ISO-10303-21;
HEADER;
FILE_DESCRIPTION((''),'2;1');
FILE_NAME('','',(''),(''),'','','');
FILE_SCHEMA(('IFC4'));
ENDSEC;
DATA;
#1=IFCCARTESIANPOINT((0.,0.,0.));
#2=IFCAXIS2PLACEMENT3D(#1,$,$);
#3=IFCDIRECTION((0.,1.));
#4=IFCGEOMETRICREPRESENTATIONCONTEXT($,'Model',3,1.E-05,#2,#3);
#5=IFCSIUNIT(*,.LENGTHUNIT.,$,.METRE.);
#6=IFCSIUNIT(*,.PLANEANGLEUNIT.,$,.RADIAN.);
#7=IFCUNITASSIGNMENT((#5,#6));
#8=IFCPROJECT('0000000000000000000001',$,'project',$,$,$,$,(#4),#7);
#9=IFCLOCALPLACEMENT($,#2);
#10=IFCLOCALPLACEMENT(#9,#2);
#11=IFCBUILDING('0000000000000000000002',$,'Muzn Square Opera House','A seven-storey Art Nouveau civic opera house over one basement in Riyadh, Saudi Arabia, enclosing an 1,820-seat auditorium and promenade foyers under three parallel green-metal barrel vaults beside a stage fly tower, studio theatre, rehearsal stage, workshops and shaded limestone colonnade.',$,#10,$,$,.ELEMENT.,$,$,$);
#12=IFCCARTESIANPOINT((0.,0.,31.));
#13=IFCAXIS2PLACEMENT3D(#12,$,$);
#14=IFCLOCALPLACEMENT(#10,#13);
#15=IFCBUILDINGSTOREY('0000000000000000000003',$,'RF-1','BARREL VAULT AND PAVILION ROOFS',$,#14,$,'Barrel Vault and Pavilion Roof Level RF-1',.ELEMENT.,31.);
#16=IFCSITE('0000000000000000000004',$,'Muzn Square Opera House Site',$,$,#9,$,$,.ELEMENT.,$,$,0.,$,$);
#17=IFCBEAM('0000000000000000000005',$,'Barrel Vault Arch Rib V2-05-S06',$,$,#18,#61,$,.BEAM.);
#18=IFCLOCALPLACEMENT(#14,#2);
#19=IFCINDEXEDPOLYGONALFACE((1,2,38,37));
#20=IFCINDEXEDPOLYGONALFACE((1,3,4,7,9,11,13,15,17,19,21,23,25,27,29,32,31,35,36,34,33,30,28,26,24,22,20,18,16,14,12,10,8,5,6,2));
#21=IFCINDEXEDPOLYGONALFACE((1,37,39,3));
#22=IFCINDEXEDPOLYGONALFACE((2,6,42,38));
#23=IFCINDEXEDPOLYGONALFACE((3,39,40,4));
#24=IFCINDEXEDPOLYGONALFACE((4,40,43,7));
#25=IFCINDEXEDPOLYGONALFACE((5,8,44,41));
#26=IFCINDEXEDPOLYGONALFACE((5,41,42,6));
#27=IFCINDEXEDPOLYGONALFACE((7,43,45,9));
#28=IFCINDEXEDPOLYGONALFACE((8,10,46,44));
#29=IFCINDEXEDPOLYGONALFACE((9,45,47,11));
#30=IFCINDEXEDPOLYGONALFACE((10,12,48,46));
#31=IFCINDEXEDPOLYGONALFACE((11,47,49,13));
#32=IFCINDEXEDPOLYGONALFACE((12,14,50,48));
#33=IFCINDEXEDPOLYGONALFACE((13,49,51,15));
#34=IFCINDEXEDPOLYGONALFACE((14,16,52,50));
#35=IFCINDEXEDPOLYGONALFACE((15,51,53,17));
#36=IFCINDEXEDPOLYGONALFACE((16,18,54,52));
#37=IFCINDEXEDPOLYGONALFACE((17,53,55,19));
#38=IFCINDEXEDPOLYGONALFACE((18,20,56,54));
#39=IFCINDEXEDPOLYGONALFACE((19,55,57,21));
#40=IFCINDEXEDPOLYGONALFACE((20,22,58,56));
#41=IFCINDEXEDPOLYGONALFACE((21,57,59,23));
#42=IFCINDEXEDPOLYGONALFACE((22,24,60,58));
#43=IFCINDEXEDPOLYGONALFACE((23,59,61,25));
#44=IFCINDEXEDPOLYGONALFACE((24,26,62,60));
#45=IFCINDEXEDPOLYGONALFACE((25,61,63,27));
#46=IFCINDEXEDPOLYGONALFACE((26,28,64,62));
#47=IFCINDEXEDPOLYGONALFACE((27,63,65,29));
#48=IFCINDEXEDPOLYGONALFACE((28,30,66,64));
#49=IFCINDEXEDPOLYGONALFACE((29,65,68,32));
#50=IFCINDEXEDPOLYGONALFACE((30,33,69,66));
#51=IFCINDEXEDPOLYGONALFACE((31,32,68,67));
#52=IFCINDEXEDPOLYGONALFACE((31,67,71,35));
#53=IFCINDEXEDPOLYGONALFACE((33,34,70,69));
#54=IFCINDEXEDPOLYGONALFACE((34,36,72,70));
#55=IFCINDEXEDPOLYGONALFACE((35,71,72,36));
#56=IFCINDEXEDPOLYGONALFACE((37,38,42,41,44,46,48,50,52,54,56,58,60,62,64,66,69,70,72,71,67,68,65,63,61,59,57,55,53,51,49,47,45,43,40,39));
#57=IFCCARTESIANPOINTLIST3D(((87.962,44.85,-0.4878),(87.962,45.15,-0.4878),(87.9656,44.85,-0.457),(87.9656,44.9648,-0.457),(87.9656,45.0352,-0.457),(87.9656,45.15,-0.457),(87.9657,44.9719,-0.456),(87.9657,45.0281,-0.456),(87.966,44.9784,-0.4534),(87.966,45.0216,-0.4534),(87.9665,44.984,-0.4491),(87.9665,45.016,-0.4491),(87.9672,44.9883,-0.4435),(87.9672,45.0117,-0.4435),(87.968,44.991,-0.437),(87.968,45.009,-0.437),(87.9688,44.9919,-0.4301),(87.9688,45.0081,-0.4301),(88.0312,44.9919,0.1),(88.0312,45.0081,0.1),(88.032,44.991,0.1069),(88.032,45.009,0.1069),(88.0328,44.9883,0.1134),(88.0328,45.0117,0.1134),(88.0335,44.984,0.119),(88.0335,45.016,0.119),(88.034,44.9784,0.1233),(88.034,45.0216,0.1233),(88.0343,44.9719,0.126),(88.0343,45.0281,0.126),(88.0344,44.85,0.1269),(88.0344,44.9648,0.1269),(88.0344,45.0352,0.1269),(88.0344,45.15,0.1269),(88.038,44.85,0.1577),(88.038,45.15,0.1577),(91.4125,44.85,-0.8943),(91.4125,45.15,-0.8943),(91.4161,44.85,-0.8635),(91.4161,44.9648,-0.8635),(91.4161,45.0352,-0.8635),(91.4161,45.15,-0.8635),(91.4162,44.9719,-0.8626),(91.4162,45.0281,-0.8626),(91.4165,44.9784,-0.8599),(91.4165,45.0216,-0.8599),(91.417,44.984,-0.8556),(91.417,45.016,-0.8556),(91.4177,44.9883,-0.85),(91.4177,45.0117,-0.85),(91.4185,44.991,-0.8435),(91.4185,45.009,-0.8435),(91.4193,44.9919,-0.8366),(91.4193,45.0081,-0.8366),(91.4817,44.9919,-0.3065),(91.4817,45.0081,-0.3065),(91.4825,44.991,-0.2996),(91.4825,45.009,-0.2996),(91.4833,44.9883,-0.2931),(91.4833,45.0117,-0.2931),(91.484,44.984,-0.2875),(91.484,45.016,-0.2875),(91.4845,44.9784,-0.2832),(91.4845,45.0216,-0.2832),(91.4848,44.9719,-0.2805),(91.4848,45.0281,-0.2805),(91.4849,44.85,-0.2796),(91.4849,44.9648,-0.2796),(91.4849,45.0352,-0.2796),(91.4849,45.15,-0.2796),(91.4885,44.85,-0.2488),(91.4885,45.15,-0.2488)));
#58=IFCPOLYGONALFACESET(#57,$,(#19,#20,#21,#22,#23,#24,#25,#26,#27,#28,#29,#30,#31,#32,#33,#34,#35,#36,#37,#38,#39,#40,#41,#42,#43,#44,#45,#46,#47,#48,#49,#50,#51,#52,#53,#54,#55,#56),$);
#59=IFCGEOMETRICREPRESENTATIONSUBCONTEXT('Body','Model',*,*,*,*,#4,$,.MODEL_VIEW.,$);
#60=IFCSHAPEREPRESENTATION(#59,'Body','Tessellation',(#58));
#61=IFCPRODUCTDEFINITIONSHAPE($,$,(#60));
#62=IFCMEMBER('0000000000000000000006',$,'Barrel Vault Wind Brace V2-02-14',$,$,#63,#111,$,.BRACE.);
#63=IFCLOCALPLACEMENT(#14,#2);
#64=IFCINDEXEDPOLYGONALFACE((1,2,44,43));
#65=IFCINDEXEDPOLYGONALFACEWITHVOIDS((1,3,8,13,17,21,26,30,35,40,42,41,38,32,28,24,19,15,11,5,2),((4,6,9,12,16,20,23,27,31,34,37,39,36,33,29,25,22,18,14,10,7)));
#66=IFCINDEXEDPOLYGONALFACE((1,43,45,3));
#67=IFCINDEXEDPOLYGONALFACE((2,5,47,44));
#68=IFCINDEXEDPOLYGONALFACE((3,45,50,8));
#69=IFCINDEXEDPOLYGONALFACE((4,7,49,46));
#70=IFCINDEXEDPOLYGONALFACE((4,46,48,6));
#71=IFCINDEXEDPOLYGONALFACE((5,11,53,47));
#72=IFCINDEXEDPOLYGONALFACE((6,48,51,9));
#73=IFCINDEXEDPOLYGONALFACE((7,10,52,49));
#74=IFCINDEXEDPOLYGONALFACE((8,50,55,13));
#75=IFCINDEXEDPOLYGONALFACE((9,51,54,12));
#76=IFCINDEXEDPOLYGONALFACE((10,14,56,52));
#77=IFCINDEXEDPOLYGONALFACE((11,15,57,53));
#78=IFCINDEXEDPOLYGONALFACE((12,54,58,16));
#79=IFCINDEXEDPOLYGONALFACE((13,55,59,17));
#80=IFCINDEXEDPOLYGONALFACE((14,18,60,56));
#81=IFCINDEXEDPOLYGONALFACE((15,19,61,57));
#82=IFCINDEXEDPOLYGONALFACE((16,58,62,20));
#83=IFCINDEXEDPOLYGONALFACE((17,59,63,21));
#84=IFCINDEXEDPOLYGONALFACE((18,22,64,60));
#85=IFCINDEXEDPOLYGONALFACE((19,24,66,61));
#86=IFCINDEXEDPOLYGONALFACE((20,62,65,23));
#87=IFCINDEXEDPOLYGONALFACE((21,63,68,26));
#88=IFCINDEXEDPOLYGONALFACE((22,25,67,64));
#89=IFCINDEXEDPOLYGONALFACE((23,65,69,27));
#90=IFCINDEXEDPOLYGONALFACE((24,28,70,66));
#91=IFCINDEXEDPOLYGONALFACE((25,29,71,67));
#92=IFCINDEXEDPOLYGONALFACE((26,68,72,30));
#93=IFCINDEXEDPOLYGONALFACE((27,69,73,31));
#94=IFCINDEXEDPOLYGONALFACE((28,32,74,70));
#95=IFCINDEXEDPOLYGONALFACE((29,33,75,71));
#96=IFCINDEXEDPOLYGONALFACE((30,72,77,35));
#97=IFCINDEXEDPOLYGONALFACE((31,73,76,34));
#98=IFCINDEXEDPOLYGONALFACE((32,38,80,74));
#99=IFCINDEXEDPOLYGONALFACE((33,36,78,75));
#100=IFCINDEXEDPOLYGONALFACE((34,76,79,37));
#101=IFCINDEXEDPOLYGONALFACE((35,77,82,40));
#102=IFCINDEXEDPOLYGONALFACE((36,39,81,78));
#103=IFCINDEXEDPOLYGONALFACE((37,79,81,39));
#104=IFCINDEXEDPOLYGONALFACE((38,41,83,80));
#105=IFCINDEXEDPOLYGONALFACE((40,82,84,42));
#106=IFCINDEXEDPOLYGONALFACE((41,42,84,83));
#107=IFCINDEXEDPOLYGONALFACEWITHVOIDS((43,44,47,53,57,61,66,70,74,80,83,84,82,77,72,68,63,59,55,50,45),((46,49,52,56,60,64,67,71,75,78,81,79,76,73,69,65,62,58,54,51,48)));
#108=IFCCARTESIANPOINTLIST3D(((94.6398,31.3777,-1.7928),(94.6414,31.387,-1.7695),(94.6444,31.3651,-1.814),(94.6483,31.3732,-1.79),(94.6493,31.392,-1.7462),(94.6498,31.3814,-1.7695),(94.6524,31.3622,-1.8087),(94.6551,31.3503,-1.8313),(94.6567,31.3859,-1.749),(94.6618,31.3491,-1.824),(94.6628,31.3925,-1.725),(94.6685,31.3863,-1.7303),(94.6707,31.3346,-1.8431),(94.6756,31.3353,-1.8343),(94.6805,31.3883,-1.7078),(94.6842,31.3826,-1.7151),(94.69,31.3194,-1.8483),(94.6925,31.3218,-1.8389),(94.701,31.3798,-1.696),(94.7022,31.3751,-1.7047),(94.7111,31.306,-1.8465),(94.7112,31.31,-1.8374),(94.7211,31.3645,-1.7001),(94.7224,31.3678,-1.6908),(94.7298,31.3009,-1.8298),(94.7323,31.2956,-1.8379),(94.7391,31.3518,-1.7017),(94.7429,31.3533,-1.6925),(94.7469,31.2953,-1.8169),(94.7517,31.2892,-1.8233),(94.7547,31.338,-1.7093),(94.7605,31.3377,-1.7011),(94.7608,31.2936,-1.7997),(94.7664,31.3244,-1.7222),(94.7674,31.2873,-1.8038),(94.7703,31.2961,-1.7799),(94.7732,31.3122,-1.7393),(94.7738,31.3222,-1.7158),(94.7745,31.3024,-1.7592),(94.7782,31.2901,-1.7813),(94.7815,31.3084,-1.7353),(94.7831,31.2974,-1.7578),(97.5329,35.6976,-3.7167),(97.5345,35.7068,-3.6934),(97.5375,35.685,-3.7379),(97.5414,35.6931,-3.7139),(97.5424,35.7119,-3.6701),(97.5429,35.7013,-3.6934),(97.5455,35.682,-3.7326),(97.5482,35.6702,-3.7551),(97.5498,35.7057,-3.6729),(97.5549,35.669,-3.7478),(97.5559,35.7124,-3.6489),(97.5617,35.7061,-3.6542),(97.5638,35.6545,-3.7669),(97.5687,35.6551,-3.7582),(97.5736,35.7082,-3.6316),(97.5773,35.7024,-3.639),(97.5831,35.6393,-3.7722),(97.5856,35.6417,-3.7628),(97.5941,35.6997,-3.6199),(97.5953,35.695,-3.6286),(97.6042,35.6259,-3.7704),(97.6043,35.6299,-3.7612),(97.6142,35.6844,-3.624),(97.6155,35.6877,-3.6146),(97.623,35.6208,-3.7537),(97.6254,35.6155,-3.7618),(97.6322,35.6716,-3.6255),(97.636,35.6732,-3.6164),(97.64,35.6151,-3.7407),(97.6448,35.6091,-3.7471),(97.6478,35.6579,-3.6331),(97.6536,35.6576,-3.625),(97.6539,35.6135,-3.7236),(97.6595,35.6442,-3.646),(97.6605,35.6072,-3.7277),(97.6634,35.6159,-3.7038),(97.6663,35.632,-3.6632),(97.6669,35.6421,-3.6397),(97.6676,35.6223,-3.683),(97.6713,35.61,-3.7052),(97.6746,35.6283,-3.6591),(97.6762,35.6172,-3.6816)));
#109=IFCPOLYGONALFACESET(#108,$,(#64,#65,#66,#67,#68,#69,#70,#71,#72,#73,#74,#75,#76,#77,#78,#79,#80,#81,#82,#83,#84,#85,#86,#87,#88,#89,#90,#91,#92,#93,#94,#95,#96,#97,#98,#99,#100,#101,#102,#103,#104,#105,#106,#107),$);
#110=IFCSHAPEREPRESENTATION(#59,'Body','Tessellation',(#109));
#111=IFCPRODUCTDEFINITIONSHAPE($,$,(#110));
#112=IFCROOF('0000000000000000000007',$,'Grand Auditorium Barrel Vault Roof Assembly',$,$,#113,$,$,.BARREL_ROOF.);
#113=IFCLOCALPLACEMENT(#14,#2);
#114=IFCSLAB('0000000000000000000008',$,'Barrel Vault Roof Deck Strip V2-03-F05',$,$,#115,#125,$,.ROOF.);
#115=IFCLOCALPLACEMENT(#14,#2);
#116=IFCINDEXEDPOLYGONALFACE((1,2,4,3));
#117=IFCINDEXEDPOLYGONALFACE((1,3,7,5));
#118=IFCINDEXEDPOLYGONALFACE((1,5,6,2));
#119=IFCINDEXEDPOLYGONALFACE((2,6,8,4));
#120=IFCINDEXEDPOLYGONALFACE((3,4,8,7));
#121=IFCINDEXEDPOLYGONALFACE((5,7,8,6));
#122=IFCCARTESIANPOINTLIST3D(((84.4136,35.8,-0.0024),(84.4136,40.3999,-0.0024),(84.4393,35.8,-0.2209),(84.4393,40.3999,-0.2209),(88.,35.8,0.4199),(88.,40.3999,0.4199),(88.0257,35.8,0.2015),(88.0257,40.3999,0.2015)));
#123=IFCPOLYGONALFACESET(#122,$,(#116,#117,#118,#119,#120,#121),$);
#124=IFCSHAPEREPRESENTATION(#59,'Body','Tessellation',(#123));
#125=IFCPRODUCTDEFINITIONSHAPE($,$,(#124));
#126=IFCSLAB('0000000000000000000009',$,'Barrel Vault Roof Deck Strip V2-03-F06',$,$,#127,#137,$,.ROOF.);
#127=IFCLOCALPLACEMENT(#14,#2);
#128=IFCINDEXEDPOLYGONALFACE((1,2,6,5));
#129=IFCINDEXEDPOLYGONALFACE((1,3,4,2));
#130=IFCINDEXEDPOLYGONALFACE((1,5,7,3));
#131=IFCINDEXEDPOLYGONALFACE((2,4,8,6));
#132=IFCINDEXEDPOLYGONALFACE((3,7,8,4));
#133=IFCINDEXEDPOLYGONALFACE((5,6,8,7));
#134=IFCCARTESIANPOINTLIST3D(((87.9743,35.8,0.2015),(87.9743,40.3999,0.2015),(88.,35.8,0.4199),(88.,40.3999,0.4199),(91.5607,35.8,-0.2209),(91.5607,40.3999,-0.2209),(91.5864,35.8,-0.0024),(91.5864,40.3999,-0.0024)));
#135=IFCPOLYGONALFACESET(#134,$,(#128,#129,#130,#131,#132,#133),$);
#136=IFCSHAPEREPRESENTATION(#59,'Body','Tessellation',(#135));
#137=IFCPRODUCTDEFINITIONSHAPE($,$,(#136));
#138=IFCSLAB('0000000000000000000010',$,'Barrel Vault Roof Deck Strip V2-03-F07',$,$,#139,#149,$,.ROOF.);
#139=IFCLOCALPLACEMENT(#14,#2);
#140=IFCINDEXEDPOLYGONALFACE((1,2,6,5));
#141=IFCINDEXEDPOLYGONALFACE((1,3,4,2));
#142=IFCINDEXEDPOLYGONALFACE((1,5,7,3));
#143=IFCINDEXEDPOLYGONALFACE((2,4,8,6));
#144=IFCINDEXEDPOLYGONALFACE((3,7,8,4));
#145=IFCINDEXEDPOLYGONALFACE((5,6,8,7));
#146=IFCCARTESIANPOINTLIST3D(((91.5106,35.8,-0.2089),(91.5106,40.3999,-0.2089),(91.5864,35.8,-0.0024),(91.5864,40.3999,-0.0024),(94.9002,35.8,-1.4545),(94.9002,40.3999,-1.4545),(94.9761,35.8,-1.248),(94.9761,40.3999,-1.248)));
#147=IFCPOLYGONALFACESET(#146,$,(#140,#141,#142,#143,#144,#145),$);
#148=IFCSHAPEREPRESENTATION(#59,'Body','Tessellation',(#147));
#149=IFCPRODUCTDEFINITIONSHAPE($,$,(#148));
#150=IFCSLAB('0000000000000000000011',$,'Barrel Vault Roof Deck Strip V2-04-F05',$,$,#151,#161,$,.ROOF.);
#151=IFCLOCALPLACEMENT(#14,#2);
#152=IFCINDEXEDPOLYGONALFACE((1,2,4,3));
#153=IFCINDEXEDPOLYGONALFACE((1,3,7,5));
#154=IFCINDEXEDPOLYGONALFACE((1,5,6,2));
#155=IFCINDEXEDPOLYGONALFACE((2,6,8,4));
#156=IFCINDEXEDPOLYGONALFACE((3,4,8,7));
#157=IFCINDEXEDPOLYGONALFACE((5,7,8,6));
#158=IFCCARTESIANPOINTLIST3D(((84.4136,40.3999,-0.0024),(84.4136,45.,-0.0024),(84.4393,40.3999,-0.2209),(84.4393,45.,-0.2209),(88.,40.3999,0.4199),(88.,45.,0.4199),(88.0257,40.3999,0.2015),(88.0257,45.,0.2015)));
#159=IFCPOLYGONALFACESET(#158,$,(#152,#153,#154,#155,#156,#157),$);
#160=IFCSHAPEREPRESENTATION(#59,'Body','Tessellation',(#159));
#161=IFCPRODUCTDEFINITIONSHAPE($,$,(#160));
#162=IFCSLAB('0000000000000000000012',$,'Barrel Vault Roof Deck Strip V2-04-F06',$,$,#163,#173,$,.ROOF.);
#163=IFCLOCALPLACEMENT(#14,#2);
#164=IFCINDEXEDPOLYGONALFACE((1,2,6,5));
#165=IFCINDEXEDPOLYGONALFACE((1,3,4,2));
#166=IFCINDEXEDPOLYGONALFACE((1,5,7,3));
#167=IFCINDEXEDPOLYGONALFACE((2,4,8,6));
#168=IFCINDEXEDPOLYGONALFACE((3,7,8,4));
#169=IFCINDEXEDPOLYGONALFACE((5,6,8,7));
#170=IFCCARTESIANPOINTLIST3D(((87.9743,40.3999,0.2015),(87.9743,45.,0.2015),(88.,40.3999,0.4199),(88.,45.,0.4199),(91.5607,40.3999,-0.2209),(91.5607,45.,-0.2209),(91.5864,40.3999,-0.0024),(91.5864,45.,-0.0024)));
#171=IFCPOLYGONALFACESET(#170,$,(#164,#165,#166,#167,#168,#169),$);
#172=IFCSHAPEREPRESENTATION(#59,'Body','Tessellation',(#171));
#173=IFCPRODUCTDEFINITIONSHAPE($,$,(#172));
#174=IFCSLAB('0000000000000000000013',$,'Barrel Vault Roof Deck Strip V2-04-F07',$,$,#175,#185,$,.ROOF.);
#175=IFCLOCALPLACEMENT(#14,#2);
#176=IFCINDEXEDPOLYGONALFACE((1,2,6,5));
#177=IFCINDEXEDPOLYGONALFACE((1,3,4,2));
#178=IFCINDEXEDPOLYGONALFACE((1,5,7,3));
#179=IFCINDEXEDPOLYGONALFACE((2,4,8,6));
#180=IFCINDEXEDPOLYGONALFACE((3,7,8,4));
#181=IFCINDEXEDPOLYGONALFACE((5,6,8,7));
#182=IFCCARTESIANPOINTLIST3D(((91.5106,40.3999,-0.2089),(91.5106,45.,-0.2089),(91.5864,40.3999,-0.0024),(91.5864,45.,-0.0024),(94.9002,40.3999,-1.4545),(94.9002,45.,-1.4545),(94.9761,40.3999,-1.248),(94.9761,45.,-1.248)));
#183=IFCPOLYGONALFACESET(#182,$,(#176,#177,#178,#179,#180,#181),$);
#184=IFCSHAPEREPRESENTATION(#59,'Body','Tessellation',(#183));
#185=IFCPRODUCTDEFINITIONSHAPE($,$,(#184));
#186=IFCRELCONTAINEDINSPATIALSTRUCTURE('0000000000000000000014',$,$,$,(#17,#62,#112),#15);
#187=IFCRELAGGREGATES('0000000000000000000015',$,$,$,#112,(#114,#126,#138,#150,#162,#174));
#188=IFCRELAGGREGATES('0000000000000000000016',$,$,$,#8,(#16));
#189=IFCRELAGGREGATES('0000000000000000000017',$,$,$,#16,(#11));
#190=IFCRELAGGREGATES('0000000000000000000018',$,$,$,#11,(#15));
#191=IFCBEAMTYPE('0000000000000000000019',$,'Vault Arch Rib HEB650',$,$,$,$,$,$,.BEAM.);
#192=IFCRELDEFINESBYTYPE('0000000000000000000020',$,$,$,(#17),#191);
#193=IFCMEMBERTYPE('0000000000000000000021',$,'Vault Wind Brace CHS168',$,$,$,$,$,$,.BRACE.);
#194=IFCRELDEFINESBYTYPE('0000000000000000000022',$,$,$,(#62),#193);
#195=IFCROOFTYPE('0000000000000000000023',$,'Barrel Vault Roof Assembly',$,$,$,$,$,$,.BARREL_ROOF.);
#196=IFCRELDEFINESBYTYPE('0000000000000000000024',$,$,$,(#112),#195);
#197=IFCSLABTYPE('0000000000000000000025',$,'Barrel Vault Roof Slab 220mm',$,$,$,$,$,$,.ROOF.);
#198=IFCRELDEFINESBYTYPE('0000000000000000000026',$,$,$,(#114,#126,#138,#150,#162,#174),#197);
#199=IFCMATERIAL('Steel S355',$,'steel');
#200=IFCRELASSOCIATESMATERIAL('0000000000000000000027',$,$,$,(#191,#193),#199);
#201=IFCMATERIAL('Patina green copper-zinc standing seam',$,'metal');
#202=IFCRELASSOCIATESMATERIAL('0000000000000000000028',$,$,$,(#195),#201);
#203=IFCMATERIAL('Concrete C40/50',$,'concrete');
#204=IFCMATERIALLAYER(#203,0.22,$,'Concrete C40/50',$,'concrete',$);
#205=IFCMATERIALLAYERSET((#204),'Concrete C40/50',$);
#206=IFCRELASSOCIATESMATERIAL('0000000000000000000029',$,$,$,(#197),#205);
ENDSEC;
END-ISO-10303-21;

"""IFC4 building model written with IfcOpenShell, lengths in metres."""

from ifc_helpers import new_model, si_unit, direction, frame, origin, origin_2d, place, context, subcontext, project, spatial, polyline, hollow_circle, i_section, outline, extrude, material, layer, layer_set, material_profile, profile_set, type_object, element, aggregate, save


model = new_model("IFC4")

# Units and contexts
model_context = context("Model", 3, precision=1e-05, world=origin(), true_north=direction((0.0, 1.0)))
body_context = subcontext(model_context, "Body", "Model", "MODEL_VIEW")
ifc_project = project(units=[si_unit("LENGTHUNIT", "METRE"), si_unit("PLANEANGLEUNIT", "RADIAN")], contexts=[model_context])

# Site, building, storey
site_placement = place(None, origin())
site = spatial("IfcSite", under=ifc_project, at=site_placement, Name="Muzn Square Opera House Site", CompositionType="ELEMENT", RefElevation=0.0)
building_placement = place(site_placement, origin())
building = spatial("IfcBuilding", under=site, at=building_placement, Name="Muzn Square Opera House", Description="A seven-storey Art Nouveau civic opera house over one basement in Riyadh, Saudi Arabia, enclosing an 1,820-seat auditorium and promenade foyers under three parallel green-metal barrel vaults beside a stage fly tower, studio theatre, rehearsal stage, workshops and shaded limestone colonnade.", CompositionType="ELEMENT")
storey_placement = place(building_placement, frame((0.0, 0.0, 31.0)))
storey = spatial("IfcBuildingStorey", under=building, at=storey_placement, Name="RF-1", Description="BARREL VAULT AND PAVILION ROOFS", LongName="Barrel Vault and Pavilion Roof Level RF-1", CompositionType="ELEMENT", Elevation=31.0)

# Beam
ifc_material_1 = material(Name="Steel S355", Category="steel")
ifc_material_profile_1 = material_profile(ifc_material_1, i_section(OverallWidth=0.3, OverallDepth=0.6499, WebThickness=0.0161, FlangeThickness=0.031, FilletRadius=0.0271, at=origin_2d()), Name="HEB 650", Category="steel")
ifc_profile_set_1 = profile_set([ifc_material_profile_1], Name="Steel S355")
beam_type_1 = type_object("IfcBeamType", Name="Vault Arch Rib HEB650", PredefinedType="BEAM", material=ifc_profile_set_1)
for number, where, z_axis, x_axis, name in (
    (1, (88.0, 45.0, -0.165), (0.993132, 0.0, -0.117), (0.0, 1.0, 0.0), "Barrel Vault Arch Rib V2-05-S06"),
):
    element("IfcBeam", number, at=place(storey_placement, frame(where, z_axis=z_axis, x_axis=x_axis)), inside=storey, type_object=beam_type_1, Name=name, PredefinedType="BEAM", context=body_context, shape_type="SweptSolid", body=[
        extrude(i_section(OverallWidth=0.3, OverallDepth=0.6499, WebThickness=0.0161, FlangeThickness=0.031, FilletRadius=0.0271, at=origin_2d()), origin(), (0.0, 0.0, 1.0), 3.4744),
    ])

# Member
ifc_material_profile_2 = material_profile(ifc_material_1, hollow_circle(Radius=0.0842, WallThickness=0.01, at=origin_2d()), Name="CHS 168.3x10", Category="steel")
ifc_profile_set_2 = profile_set([ifc_material_profile_2], Name="Steel S355")
member_type = type_object("IfcMemberType", Name="Vault Wind Brace CHS168", PredefinedType="BRACE", material=ifc_profile_set_2)
member_placement = place(storey_placement, frame((94.7114, 31.3401, -1.7695), z_axis=(0.521872, 0.779241, -0.347034), x_axis=(-0.830878, 0.556454, 0.0)))
element("IfcMember", 2, at=member_placement, inside=storey, type_object=member_type, Name="Barrel Vault Wind Brace V2-02-14", PredefinedType="BRACE", context=body_context, shape_type="SweptSolid", body=[
    extrude(hollow_circle(Radius=0.0842, WallThickness=0.01, at=origin_2d()), origin(), (0.0, 0.0, 1.0), 5.5437),
])

# Roof, slabs
ifc_material_2 = material(Name="Patina green copper-zinc standing seam", Category="metal")
roof_type = type_object("IfcRoofType", Name="Barrel Vault Roof Assembly", PredefinedType="BARREL_ROOF", material=ifc_material_2)
roof_placement = place(storey_placement, origin())
roof = element("IfcRoof", 3, at=roof_placement, inside=storey, type_object=roof_type, Name="Grand Auditorium Barrel Vault Roof Assembly", PredefinedType="BARREL_ROOF")
ifc_material_3 = material(Name="Concrete C40/50", Category="concrete")
ifc_layer_1 = layer(ifc_material_3, 0.22, Name="Concrete C40/50", Category="concrete")
ifc_layer_set_1 = layer_set([ifc_layer_1], Name="Concrete C40/50")
slab_type = type_object("IfcSlabType", Name="Barrel Vault Roof Slab 220mm", PredefinedType="ROOF", material=ifc_layer_set_1)
slab_1_placement = place(storey_placement, frame((88.0, 35.8, 0.4199), z_axis=(-0.116959, 0.0, 0.993137), x_axis=(0.0, 1.0, 0.0)))
slab_1 = element("IfcSlab", 4, at=slab_1_placement, type_object=slab_type, Name="Barrel Vault Roof Deck Strip V2-03-F05", PredefinedType="ROOF", context=body_context, shape_type="SweptSolid", body=[
    extrude(outline(polyline([(0.0, 3.6112), (0.0, 0.0), (4.5999, 0.0), (4.5999, 3.6112), (0.0, 3.6112)])), origin(), (0.0, 0.0, -1.0), 0.22),
])
slab_2_placement = place(storey_placement, frame((88.0, 35.8, 0.4199), z_axis=(0.116959, 0.0, 0.993137), x_axis=(0.993137, 0.0, -0.116959)))
slab_2 = element("IfcSlab", 5, at=slab_2_placement, type_object=slab_type, Name="Barrel Vault Roof Deck Strip V2-03-F06", PredefinedType="ROOF", context=body_context, shape_type="SweptSolid", body=[
    extrude(outline(polyline([(0.0, 0.0), (3.6112, 0.0), (3.6112, 4.5999), (0.0, 4.5999), (0.0, 0.0)])), origin(), (0.0, 0.0, -1.0), 0.22),
])
slab_3_placement = place(storey_placement, frame((91.5864, 35.8, -0.0024), z_axis=(0.344922, 0.0, 0.938631), x_axis=(0.938631, 0.0, -0.344922)))
slab_3 = element("IfcSlab", 6, at=slab_3_placement, type_object=slab_type, Name="Barrel Vault Roof Deck Strip V2-03-F07", PredefinedType="ROOF", context=body_context, shape_type="SweptSolid", body=[
    extrude(outline(polyline([(0.0, 0.0), (3.6113, 0.0), (3.6113, 4.5999), (0.0, 4.5999), (0.0, 0.0)])), origin(), (0.0, 0.0, -1.0), 0.22),
])
slab_4_placement = place(storey_placement, frame((88.0, 40.3999, 0.4199), z_axis=(-0.116959, 0.0, 0.993137), x_axis=(0.0, 1.0, 0.0)))
slab_4 = element("IfcSlab", 7, at=slab_4_placement, type_object=slab_type, Name="Barrel Vault Roof Deck Strip V2-04-F05", PredefinedType="ROOF", context=body_context, shape_type="SweptSolid", body=[
    extrude(outline(polyline([(0.0, 3.6112), (0.0, 0.0), (4.6001, 0.0), (4.6001, 3.6112), (0.0, 3.6112)])), origin(), (0.0, 0.0, -1.0), 0.22),
])
slab_5_placement = place(storey_placement, frame((88.0, 40.3999, 0.4199), z_axis=(0.116959, 0.0, 0.993137), x_axis=(0.993137, 0.0, -0.116959)))
slab_5 = element("IfcSlab", 8, at=slab_5_placement, type_object=slab_type, Name="Barrel Vault Roof Deck Strip V2-04-F06", PredefinedType="ROOF", context=body_context, shape_type="SweptSolid", body=[
    extrude(outline(polyline([(0.0, 0.0), (3.6112, 0.0), (3.6112, 4.6001), (0.0, 4.6001), (0.0, 0.0)])), origin(), (0.0, 0.0, -1.0), 0.22),
])
slab_6_placement = place(storey_placement, frame((91.5864, 40.3999, -0.0024), z_axis=(0.344922, 0.0, 0.938631), x_axis=(0.938631, 0.0, -0.344922)))
slab_6 = element("IfcSlab", 9, at=slab_6_placement, type_object=slab_type, Name="Barrel Vault Roof Deck Strip V2-04-F07", PredefinedType="ROOF", context=body_context, shape_type="SweptSolid", body=[
    extrude(outline(polyline([(0.0, 0.0), (3.6113, 0.0), (3.6113, 4.6001), (0.0, 4.6001), (0.0, 0.0)])), origin(), (0.0, 0.0, -1.0), 0.22),
])
aggregate(roof, [slab_1, slab_2, slab_3, slab_4, slab_5, slab_6])

save(model, "model.ifc")
